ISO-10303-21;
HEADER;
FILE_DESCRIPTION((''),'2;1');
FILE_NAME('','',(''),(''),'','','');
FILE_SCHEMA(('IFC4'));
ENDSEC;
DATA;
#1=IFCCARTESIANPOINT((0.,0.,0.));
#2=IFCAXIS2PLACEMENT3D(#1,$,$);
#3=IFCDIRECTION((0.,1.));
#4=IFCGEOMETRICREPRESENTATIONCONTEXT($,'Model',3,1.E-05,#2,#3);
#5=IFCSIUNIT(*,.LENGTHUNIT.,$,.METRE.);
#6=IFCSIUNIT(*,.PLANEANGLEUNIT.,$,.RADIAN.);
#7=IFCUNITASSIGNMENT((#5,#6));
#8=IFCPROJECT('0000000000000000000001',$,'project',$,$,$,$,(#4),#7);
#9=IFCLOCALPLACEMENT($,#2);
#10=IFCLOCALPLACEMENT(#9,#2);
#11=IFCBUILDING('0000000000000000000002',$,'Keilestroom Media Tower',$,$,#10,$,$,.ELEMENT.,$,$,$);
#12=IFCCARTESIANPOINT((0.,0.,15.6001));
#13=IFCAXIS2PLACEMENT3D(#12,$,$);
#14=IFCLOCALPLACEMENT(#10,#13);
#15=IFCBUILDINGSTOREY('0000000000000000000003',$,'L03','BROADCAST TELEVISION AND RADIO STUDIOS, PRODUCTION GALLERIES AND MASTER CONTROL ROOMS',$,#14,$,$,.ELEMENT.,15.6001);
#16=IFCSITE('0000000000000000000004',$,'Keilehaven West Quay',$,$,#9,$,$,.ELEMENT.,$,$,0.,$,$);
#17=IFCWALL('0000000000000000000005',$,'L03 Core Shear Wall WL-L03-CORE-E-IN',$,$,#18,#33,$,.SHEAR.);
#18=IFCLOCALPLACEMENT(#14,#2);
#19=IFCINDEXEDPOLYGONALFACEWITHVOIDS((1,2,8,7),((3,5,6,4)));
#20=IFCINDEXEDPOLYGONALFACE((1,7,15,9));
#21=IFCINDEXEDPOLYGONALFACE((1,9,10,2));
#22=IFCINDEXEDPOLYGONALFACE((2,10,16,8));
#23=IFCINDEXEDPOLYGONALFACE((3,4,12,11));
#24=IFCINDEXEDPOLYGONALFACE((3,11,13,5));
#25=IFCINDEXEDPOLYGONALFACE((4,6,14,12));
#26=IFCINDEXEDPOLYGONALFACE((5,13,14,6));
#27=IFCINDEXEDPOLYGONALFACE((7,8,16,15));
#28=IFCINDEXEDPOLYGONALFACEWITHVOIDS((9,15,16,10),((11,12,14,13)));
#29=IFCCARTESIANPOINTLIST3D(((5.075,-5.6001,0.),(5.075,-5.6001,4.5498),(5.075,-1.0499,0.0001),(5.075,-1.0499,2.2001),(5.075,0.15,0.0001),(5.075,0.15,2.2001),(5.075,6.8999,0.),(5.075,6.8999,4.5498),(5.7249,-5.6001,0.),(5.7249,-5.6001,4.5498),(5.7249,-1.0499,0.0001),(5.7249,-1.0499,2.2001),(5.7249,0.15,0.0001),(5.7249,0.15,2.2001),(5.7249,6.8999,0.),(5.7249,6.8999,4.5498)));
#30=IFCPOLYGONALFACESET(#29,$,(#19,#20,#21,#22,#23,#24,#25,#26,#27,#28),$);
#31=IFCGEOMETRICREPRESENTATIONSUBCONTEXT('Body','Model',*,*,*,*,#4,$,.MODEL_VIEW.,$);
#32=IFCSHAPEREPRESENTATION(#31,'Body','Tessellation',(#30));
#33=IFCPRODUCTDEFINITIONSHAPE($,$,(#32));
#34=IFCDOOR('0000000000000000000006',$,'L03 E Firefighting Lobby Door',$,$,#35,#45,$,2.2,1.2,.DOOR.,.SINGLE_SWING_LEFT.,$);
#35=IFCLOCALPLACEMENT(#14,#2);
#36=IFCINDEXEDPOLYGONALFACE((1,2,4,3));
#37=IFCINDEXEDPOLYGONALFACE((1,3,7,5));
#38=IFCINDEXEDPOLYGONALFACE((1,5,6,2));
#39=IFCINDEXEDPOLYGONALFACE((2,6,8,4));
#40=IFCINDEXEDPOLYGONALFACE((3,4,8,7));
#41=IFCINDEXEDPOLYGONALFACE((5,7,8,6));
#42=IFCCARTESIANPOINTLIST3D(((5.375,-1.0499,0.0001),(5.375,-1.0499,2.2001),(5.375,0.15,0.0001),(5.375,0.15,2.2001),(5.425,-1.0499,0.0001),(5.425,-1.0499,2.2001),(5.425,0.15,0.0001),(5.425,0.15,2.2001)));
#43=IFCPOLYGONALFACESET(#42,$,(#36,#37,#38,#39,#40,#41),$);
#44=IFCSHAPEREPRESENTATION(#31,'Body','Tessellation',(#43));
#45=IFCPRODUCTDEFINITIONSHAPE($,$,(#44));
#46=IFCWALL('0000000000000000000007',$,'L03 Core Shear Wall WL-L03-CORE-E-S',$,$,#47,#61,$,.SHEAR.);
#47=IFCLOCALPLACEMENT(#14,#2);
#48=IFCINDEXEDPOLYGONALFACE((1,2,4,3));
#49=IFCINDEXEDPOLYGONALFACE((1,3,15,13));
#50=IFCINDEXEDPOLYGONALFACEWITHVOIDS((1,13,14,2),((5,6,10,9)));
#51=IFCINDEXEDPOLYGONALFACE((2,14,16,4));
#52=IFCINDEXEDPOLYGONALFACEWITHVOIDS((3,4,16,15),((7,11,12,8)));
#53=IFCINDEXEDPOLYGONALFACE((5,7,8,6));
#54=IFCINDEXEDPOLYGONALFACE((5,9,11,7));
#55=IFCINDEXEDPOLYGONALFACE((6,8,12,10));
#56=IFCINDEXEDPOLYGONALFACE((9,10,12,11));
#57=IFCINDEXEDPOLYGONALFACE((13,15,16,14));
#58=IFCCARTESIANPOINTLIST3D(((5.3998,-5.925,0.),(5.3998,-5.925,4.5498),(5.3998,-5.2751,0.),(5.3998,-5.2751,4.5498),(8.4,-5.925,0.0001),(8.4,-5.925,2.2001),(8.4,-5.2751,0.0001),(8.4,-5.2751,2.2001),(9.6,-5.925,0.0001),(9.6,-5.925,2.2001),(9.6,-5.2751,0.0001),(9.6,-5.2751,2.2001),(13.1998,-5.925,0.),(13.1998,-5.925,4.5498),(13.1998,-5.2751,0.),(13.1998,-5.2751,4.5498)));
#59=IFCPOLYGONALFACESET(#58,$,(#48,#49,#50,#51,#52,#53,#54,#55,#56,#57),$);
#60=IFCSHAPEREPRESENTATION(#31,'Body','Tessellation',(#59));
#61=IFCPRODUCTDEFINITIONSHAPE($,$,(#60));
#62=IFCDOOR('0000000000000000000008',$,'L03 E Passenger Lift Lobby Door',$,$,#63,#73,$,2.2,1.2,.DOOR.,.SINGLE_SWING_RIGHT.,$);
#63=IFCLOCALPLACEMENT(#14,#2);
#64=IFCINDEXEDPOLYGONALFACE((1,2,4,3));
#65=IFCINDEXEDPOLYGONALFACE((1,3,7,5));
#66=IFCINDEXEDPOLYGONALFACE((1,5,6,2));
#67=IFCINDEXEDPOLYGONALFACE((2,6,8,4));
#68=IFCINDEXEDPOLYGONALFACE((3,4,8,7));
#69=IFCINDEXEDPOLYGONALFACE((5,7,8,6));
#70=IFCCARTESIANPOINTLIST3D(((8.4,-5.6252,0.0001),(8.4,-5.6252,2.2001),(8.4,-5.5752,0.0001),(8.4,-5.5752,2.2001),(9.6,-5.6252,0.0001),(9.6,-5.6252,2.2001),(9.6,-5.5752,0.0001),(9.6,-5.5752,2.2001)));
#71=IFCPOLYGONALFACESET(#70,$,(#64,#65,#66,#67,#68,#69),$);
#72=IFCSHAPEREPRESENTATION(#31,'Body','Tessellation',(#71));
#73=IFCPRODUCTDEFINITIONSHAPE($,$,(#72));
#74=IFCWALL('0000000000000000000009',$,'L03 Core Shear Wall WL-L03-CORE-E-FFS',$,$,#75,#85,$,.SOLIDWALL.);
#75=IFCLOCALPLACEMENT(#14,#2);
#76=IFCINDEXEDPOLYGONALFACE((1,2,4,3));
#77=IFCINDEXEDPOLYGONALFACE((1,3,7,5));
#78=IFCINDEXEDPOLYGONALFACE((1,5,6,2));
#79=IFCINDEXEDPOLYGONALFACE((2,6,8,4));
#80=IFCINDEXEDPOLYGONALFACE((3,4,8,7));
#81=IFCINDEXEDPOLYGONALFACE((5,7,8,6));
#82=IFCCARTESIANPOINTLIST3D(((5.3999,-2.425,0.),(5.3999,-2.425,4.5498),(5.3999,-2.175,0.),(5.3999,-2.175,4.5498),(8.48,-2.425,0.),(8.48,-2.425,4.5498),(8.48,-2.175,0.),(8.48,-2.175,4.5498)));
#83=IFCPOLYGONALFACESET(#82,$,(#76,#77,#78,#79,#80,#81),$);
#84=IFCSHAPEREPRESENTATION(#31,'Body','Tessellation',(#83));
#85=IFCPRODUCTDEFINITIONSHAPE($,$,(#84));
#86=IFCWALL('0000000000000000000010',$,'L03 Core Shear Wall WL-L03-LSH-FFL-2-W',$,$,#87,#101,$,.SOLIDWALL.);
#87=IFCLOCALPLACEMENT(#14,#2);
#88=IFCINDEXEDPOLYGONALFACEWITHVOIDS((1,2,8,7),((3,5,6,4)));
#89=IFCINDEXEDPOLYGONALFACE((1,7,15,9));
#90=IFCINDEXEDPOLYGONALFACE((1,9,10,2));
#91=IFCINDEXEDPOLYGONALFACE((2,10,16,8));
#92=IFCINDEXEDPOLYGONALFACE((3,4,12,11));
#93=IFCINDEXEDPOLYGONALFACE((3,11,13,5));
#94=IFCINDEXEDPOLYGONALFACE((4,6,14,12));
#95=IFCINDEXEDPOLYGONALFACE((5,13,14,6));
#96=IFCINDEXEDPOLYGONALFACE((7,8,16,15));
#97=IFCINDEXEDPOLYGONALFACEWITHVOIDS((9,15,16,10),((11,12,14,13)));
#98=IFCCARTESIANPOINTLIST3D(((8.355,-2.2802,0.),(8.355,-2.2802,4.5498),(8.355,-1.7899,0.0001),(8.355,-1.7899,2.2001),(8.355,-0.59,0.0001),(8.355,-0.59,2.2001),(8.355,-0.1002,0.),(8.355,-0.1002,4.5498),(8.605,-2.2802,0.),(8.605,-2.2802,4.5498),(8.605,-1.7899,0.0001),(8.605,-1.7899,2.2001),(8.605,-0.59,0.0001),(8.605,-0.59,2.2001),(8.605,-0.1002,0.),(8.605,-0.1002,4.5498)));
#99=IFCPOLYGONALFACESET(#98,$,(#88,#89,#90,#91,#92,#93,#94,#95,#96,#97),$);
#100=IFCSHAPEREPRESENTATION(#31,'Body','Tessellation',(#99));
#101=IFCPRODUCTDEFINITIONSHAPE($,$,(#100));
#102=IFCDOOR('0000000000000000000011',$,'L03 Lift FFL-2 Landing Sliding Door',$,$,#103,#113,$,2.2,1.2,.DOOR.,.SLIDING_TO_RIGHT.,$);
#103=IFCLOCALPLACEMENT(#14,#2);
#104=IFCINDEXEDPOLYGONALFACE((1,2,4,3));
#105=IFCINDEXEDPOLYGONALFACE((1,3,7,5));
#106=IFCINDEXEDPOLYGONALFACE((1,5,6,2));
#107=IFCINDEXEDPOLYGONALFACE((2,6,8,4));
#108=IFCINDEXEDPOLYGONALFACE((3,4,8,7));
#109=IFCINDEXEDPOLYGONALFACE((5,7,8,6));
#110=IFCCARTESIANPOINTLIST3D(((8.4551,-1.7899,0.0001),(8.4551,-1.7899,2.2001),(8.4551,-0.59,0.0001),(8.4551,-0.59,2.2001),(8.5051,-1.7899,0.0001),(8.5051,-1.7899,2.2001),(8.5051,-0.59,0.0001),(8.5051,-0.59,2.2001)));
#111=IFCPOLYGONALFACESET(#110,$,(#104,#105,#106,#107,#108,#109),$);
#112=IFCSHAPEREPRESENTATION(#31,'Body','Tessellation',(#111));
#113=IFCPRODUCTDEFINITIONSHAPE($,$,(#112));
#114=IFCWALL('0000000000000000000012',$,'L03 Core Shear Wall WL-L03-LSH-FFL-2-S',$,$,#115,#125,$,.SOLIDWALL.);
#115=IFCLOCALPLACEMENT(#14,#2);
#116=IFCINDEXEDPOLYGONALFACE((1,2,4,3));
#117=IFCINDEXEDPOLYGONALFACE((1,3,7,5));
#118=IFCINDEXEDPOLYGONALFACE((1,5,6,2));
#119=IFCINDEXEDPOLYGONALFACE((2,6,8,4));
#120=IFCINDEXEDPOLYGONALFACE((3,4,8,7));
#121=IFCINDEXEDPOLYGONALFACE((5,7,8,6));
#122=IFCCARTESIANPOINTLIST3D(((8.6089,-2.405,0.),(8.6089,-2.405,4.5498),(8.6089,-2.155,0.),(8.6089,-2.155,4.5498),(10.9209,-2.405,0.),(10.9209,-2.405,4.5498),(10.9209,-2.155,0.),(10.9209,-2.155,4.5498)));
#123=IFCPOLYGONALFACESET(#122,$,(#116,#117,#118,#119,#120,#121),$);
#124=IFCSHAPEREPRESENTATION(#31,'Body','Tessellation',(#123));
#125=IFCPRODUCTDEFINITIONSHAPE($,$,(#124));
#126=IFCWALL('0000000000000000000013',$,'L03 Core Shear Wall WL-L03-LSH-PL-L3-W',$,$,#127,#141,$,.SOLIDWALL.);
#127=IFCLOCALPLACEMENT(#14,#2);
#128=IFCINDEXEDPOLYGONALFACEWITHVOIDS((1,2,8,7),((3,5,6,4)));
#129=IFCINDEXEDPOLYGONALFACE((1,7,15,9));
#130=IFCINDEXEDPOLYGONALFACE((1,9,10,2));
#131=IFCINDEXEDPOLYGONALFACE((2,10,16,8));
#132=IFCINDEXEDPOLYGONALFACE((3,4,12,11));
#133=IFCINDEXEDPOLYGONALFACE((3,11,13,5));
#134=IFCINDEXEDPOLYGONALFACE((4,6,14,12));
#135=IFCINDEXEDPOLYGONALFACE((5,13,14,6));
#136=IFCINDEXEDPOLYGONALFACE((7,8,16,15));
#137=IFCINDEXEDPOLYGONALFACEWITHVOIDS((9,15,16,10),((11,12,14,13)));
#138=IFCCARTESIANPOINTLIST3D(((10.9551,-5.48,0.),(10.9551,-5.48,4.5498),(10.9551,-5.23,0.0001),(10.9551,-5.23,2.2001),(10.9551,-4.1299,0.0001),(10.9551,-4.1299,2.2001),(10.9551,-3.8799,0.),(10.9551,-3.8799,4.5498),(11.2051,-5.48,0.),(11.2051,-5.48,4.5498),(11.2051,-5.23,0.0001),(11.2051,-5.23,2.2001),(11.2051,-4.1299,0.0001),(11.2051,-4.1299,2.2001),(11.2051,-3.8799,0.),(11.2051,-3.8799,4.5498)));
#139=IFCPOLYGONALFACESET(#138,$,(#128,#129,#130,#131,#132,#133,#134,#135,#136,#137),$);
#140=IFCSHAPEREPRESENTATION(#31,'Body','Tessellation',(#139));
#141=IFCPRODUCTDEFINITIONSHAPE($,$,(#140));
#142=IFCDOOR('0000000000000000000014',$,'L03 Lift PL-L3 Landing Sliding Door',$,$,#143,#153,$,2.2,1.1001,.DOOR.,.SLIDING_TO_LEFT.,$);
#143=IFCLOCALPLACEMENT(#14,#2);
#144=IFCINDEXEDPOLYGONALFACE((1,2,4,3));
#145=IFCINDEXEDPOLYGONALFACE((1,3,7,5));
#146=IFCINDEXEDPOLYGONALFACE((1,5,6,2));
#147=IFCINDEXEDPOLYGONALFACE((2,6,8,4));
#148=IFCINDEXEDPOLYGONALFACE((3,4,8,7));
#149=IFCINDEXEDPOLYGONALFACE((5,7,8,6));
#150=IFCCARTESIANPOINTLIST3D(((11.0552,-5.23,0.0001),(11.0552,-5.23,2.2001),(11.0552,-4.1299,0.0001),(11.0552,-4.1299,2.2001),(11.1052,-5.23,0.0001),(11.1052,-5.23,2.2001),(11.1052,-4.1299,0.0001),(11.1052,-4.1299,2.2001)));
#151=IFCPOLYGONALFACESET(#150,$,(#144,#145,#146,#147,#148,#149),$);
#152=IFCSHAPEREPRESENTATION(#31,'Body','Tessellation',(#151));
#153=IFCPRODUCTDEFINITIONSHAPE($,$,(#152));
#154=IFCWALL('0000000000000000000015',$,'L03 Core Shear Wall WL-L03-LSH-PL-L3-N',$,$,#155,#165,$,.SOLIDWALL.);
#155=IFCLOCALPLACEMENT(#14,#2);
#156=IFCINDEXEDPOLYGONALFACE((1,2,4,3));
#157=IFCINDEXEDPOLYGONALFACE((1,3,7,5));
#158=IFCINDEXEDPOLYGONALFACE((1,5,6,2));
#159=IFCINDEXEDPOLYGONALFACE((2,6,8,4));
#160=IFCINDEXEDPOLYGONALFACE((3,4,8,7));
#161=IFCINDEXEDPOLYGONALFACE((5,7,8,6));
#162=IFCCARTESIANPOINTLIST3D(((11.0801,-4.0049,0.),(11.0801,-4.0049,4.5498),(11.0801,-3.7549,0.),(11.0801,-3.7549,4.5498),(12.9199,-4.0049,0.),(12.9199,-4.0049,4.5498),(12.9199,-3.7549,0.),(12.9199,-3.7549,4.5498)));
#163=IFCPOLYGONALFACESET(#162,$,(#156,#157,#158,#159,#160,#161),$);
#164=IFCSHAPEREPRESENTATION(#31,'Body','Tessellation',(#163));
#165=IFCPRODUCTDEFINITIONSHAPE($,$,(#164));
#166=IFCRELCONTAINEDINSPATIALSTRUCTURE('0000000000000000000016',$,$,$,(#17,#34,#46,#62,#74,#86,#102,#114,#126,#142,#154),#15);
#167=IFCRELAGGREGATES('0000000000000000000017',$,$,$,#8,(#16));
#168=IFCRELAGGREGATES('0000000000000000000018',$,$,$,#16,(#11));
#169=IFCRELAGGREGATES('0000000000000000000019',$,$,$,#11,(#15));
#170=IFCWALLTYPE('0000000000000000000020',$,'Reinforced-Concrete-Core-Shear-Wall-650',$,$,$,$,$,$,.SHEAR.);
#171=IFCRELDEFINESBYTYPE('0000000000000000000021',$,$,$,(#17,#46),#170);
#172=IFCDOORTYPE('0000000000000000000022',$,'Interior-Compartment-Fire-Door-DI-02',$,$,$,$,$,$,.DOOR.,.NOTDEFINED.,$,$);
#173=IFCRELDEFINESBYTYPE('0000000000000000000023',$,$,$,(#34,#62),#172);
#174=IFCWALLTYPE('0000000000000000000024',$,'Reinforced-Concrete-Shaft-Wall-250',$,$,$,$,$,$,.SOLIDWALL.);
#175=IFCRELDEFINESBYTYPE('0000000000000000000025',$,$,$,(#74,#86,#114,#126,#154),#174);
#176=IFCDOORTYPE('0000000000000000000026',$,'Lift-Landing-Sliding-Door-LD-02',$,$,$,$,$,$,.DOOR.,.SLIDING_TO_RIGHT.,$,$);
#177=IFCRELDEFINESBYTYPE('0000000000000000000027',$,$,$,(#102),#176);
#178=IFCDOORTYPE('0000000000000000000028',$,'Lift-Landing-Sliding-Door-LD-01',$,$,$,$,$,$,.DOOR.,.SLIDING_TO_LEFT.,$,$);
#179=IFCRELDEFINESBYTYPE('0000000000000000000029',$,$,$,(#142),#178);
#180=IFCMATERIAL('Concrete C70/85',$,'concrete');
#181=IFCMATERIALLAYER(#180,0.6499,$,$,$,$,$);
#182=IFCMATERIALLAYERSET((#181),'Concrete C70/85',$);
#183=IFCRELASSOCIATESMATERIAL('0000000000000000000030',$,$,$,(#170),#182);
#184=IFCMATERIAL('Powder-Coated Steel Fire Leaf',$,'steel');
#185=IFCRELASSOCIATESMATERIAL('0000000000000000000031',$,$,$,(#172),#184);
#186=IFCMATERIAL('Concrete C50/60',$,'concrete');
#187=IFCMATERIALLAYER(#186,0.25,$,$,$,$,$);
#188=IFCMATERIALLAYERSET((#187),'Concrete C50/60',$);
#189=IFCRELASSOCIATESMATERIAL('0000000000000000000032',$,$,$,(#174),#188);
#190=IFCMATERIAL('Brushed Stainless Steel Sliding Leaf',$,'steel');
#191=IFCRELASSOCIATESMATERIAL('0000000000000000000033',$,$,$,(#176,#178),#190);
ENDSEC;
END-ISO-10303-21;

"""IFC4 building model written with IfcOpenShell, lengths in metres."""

from ifc_helpers import new_model, si_unit, direction, frame, frame_2d, origin, place, context, subcontext, project, spatial, rectangle, extrude, source, transform, mapped, material, layer, layer_set, type_object, element, fill, save


model = new_model("IFC4")

# Units and contexts
model_context = context("Model", 3, precision=1e-05, world=origin(), true_north=direction((0.0, 1.0)))
body_context = subcontext(model_context, "Body", "Model", "MODEL_VIEW")
ifc_project = project(units=[si_unit("LENGTHUNIT", "METRE"), si_unit("PLANEANGLEUNIT", "RADIAN")], contexts=[model_context])

# Site, building, storey
site_placement = place(None, origin())
site = spatial("IfcSite", under=ifc_project, at=site_placement, Name="Keilehaven West Quay", CompositionType="ELEMENT", RefElevation=0.0)
building_placement = place(site_placement, origin())
building = spatial("IfcBuilding", under=site, at=building_placement, Name="Keilestroom Media Tower", CompositionType="ELEMENT")
storey_placement = place(building_placement, frame((0.0, 0.0, 15.6001)))
storey = spatial("IfcBuildingStorey", under=building, at=storey_placement, Name="L03", Description="BROADCAST TELEVISION AND RADIO STUDIOS, PRODUCTION GALLERIES AND MASTER CONTROL ROOMS", CompositionType="ELEMENT", Elevation=15.6001)

# Shared definitions
ifc_material_1 = material(Name="Concrete C70/85", Category="concrete")

# Shared definitions
ifc_layer_1 = layer(ifc_material_1, 0.6499)
ifc_layer_set_1 = layer_set([ifc_layer_1], Name="Concrete C70/85")
wall_type_1 = type_object("IfcWallType", Name="Reinforced-Concrete-Core-Shear-Wall-650", PredefinedType="SHEAR", material=ifc_layer_set_1)

# Walls, openings, doors
wall_1_placement = place(storey_placement, frame((5.3999, -5.6001, 0.0), z_axis=(0.0, 0.0, 1.0), x_axis=(0.0, 1.0, 0.0)))
wall_1 = element("IfcWall", 1, at=wall_1_placement, inside=storey, type_object=wall_type_1, Name="L03 Core Shear Wall WL-L03-CORE-E-IN", PredefinedType="SHEAR", context=body_context, shape_type="SweptSolid", body=[
    extrude(rectangle(XDim=12.5, YDim=0.6499, at=frame_2d((6.25, 0.0))), origin(), (0.0, 0.0, 1.0), 4.5498),
])
opening_1_placement = place(wall_1_placement, frame((4.55, 0.0, 0.0)))
opening_1 = element("IfcOpeningElement", 2, at=opening_1_placement, cuts=wall_1, PredefinedType="OPENING", context=body_context, shape_type="SweptSolid", body=[
    extrude(rectangle(XDim=1.2, YDim=2.2, at=frame_2d((0.6001, 1.1001))), frame((0.0, 0.335, 0.0), z_axis=(0.0, -1.0, 0.0), x_axis=(1.0, 0.0, 0.0)), (0.0, 0.0, 1.0), 0.6699),
])
ifc_material_2 = material(Name="Powder-Coated Steel Fire Leaf", Category="steel")
door_type_1 = type_object("IfcDoorType", Name="Interior-Compartment-Fire-Door-DI-02", OperationType="NOTDEFINED", PredefinedType="DOOR", material=ifc_material_2)
shared_shape_1 = source(origin(), body_context, "Body", "SweptSolid", [
    extrude(rectangle(XDim=1.2, YDim=2.2, at=frame_2d((0.6001, 1.1001))), frame((0.0, 0.0249, 0.0), z_axis=(0.0, -1.0, 0.0), x_axis=(1.0, 0.0, 0.0)), (0.0, 0.0, 1.0), 0.05),
])
door_1_placement = place(opening_1_placement, origin())
door_1 = element("IfcDoor", 3, at=door_1_placement, inside=storey, type_object=door_type_1, Name="L03 E Firefighting Lobby Door", OperationType="SINGLE_SWING_LEFT", OverallHeight=2.2, OverallWidth=1.2, PredefinedType="DOOR", context=body_context, shape_type="MappedRepresentation", body=[
    mapped(shared_shape_1, transform((0.0, 0.0, 0.0), x_axis=(1.0, 0.0, 0.0), y_axis=(0.0, 1.0, 0.0), z_axis=(0.0, 0.0, 1.0), scale=1.0)),
])
fill(opening_1, door_1)
wall_2_placement = place(storey_placement, frame((5.3999, -5.6001, 0.0), z_axis=(0.0, 0.0, 1.0), x_axis=(1.0, 0.0, 0.0)))
wall_2 = element("IfcWall", 4, at=wall_2_placement, inside=storey, type_object=wall_type_1, Name="L03 Core Shear Wall WL-L03-CORE-E-S", PredefinedType="SHEAR", context=body_context, shape_type="SweptSolid", body=[
    extrude(rectangle(XDim=7.8, YDim=0.6499, at=frame_2d((3.8999, 0.0))), origin(), (0.0, 0.0, 1.0), 4.5498),
])
opening_2_placement = place(wall_2_placement, frame((3.0, 0.0, 0.0)))
opening_2 = element("IfcOpeningElement", 5, at=opening_2_placement, cuts=wall_2, PredefinedType="OPENING", context=body_context, shape_type="SweptSolid", body=[
    extrude(rectangle(XDim=1.2, YDim=2.2, at=frame_2d((0.6001, 1.1001))), frame((0.0, 0.335, 0.0), z_axis=(0.0, -1.0, 0.0), x_axis=(1.0, 0.0, 0.0)), (0.0, 0.0, 1.0), 0.6699),
])
door_2_placement = place(opening_2_placement, origin())
door_2 = element("IfcDoor", 6, at=door_2_placement, inside=storey, type_object=door_type_1, Name="L03 E Passenger Lift Lobby Door", OperationType="SINGLE_SWING_RIGHT", OverallHeight=2.2, OverallWidth=1.2, PredefinedType="DOOR", context=body_context, shape_type="MappedRepresentation", body=[
    mapped(shared_shape_1, transform((0.0, 0.0, 0.0), x_axis=(1.0, 0.0, 0.0), y_axis=(0.0, 1.0, 0.0), z_axis=(0.0, 0.0, 1.0), scale=1.0)),
])
fill(opening_2, door_2)

# Wall
ifc_material_3 = material(Name="Concrete C50/60", Category="concrete")
ifc_layer_2 = layer(ifc_material_3, 0.25)
ifc_layer_set_2 = layer_set([ifc_layer_2], Name="Concrete C50/60")
wall_type_2 = type_object("IfcWallType", Name="Reinforced-Concrete-Shaft-Wall-250", PredefinedType="SOLIDWALL", material=ifc_layer_set_2)
wall_3_placement = place(storey_placement, frame((5.3999, -2.3, 0.0), z_axis=(0.0, 0.0, 1.0), x_axis=(1.0, 0.0, 0.0)))
element("IfcWall", 7, at=wall_3_placement, inside=storey, type_object=wall_type_2, Name="L03 Core Shear Wall WL-L03-CORE-E-FFS", PredefinedType="SOLIDWALL", context=body_context, shape_type="SweptSolid", body=[
    extrude(rectangle(XDim=3.0801, YDim=0.25, at=frame_2d((1.54, 0.0))), origin(), (0.0, 0.0, 1.0), 4.5498),
])

# Wall, opening, door
wall_4_placement = place(storey_placement, frame((8.48, -2.28, 0.0), z_axis=(0.0, 0.0, 1.0), x_axis=(0.0, 1.0, 0.0)))
wall_4 = element("IfcWall", 8, at=wall_4_placement, inside=storey, type_object=wall_type_2, Name="L03 Core Shear Wall WL-L03-LSH-FFL-2-W", PredefinedType="SOLIDWALL", context=body_context, shape_type="SweptSolid", body=[
    extrude(rectangle(XDim=2.1799, YDim=0.25, at=frame_2d((1.0898, 0.0))), origin(), (0.0, 0.0, 1.0), 4.5498),
])
opening_3_placement = place(wall_4_placement, frame((0.49, 0.0, 0.0)))
opening_3 = element("IfcOpeningElement", 9, at=opening_3_placement, cuts=wall_4, PredefinedType="OPENING", context=body_context, shape_type="SweptSolid", body=[
    extrude(rectangle(XDim=1.2, YDim=2.2, at=frame_2d((0.6001, 1.1001))), frame((0.0, 0.135, 0.0), z_axis=(0.0, -1.0, 0.0), x_axis=(1.0, 0.0, 0.0)), (0.0, 0.0, 1.0), 0.27),
])
ifc_material_4 = material(Name="Brushed Stainless Steel Sliding Leaf", Category="steel")
door_type_2 = type_object("IfcDoorType", Name="Lift-Landing-Sliding-Door-LD-02", OperationType="SLIDING_TO_RIGHT", PredefinedType="DOOR", material=ifc_material_4)
door_3_placement = place(opening_3_placement, origin())
door_3 = element("IfcDoor", 10, at=door_3_placement, inside=storey, type_object=door_type_2, Name="L03 Lift FFL-2 Landing Sliding Door", OperationType="SLIDING_TO_RIGHT", OverallHeight=2.2, OverallWidth=1.2, PredefinedType="DOOR", context=body_context, shape_type="MappedRepresentation", body=[
    mapped(shared_shape_1, transform((0.0, 0.0, 0.0), x_axis=(1.0, 0.0, 0.0), y_axis=(0.0, 1.0, 0.0), z_axis=(0.0, 0.0, 1.0), scale=1.0)),
])
fill(opening_3, door_3)

# Wall
wall_5_placement = place(storey_placement, frame((8.6089, -2.28, 0.0), z_axis=(0.0, 0.0, 1.0), x_axis=(1.0, 0.0, 0.0)))
element("IfcWall", 11, at=wall_5_placement, inside=storey, type_object=wall_type_2, Name="L03 Core Shear Wall WL-L03-LSH-FFL-2-S", PredefinedType="SOLIDWALL", context=body_context, shape_type="SweptSolid", body=[
    extrude(rectangle(XDim=2.312, YDim=0.25, at=frame_2d((1.156, 0.0))), origin(), (0.0, 0.0, 1.0), 4.5498),
])

# Wall, opening, door
wall_6_placement = place(storey_placement, frame((11.0801, -5.48, 0.0), z_axis=(0.0, 0.0, 1.0), x_axis=(0.0, 1.0, 0.0)))
wall_6 = element("IfcWall", 12, at=wall_6_placement, inside=storey, type_object=wall_type_2, Name="L03 Core Shear Wall WL-L03-LSH-PL-L3-W", PredefinedType="SOLIDWALL", context=body_context, shape_type="SweptSolid", body=[
    extrude(rectangle(XDim=1.6001, YDim=0.25, at=frame_2d((0.8, 0.0))), origin(), (0.0, 0.0, 1.0), 4.5498),
])
opening_4_placement = place(wall_6_placement, frame((0.25, 0.0, 0.0)))
opening_4 = element("IfcOpeningElement", 13, at=opening_4_placement, cuts=wall_6, PredefinedType="OPENING", context=body_context, shape_type="SweptSolid", body=[
    extrude(rectangle(XDim=1.1001, YDim=2.2, at=frame_2d((0.55, 1.1001))), frame((0.0, 0.135, 0.0), z_axis=(0.0, -1.0, 0.0), x_axis=(1.0, 0.0, 0.0)), (0.0, 0.0, 1.0), 0.27),
])
door_type_3 = type_object("IfcDoorType", Name="Lift-Landing-Sliding-Door-LD-01", OperationType="SLIDING_TO_LEFT", PredefinedType="DOOR", material=ifc_material_4)
shared_shape_2 = source(origin(), body_context, "Body", "SweptSolid", [
    extrude(rectangle(XDim=1.1001, YDim=2.2, at=frame_2d((0.55, 1.1001))), frame((0.0, 0.0249, 0.0), z_axis=(0.0, -1.0, 0.0), x_axis=(1.0, 0.0, 0.0)), (0.0, 0.0, 1.0), 0.05),
])
door_4_placement = place(opening_4_placement, origin())
door_4 = element("IfcDoor", 14, at=door_4_placement, inside=storey, type_object=door_type_3, Name="L03 Lift PL-L3 Landing Sliding Door", OperationType="SLIDING_TO_LEFT", OverallHeight=2.2, OverallWidth=1.1001, PredefinedType="DOOR", context=body_context, shape_type="MappedRepresentation", body=[
    mapped(shared_shape_2, transform((0.0, 0.0, 0.0), x_axis=(1.0, 0.0, 0.0), y_axis=(0.0, 1.0, 0.0), z_axis=(0.0, 0.0, 1.0), scale=1.0)),
])
fill(opening_4, door_4)

# Wall
wall_7_placement = place(storey_placement, frame((11.0801, -3.8799, 0.0), z_axis=(0.0, 0.0, 1.0), x_axis=(1.0, 0.0, 0.0)))
element("IfcWall", 15, at=wall_7_placement, inside=storey, type_object=wall_type_2, Name="L03 Core Shear Wall WL-L03-LSH-PL-L3-N", PredefinedType="SOLIDWALL", context=body_context, shape_type="SweptSolid", body=[
    extrude(rectangle(XDim=1.8398, YDim=0.25, at=frame_2d((0.9199, 0.0))), origin(), (0.0, 0.0, 1.0), 4.5498),
])

save(model, "model.ifc")
